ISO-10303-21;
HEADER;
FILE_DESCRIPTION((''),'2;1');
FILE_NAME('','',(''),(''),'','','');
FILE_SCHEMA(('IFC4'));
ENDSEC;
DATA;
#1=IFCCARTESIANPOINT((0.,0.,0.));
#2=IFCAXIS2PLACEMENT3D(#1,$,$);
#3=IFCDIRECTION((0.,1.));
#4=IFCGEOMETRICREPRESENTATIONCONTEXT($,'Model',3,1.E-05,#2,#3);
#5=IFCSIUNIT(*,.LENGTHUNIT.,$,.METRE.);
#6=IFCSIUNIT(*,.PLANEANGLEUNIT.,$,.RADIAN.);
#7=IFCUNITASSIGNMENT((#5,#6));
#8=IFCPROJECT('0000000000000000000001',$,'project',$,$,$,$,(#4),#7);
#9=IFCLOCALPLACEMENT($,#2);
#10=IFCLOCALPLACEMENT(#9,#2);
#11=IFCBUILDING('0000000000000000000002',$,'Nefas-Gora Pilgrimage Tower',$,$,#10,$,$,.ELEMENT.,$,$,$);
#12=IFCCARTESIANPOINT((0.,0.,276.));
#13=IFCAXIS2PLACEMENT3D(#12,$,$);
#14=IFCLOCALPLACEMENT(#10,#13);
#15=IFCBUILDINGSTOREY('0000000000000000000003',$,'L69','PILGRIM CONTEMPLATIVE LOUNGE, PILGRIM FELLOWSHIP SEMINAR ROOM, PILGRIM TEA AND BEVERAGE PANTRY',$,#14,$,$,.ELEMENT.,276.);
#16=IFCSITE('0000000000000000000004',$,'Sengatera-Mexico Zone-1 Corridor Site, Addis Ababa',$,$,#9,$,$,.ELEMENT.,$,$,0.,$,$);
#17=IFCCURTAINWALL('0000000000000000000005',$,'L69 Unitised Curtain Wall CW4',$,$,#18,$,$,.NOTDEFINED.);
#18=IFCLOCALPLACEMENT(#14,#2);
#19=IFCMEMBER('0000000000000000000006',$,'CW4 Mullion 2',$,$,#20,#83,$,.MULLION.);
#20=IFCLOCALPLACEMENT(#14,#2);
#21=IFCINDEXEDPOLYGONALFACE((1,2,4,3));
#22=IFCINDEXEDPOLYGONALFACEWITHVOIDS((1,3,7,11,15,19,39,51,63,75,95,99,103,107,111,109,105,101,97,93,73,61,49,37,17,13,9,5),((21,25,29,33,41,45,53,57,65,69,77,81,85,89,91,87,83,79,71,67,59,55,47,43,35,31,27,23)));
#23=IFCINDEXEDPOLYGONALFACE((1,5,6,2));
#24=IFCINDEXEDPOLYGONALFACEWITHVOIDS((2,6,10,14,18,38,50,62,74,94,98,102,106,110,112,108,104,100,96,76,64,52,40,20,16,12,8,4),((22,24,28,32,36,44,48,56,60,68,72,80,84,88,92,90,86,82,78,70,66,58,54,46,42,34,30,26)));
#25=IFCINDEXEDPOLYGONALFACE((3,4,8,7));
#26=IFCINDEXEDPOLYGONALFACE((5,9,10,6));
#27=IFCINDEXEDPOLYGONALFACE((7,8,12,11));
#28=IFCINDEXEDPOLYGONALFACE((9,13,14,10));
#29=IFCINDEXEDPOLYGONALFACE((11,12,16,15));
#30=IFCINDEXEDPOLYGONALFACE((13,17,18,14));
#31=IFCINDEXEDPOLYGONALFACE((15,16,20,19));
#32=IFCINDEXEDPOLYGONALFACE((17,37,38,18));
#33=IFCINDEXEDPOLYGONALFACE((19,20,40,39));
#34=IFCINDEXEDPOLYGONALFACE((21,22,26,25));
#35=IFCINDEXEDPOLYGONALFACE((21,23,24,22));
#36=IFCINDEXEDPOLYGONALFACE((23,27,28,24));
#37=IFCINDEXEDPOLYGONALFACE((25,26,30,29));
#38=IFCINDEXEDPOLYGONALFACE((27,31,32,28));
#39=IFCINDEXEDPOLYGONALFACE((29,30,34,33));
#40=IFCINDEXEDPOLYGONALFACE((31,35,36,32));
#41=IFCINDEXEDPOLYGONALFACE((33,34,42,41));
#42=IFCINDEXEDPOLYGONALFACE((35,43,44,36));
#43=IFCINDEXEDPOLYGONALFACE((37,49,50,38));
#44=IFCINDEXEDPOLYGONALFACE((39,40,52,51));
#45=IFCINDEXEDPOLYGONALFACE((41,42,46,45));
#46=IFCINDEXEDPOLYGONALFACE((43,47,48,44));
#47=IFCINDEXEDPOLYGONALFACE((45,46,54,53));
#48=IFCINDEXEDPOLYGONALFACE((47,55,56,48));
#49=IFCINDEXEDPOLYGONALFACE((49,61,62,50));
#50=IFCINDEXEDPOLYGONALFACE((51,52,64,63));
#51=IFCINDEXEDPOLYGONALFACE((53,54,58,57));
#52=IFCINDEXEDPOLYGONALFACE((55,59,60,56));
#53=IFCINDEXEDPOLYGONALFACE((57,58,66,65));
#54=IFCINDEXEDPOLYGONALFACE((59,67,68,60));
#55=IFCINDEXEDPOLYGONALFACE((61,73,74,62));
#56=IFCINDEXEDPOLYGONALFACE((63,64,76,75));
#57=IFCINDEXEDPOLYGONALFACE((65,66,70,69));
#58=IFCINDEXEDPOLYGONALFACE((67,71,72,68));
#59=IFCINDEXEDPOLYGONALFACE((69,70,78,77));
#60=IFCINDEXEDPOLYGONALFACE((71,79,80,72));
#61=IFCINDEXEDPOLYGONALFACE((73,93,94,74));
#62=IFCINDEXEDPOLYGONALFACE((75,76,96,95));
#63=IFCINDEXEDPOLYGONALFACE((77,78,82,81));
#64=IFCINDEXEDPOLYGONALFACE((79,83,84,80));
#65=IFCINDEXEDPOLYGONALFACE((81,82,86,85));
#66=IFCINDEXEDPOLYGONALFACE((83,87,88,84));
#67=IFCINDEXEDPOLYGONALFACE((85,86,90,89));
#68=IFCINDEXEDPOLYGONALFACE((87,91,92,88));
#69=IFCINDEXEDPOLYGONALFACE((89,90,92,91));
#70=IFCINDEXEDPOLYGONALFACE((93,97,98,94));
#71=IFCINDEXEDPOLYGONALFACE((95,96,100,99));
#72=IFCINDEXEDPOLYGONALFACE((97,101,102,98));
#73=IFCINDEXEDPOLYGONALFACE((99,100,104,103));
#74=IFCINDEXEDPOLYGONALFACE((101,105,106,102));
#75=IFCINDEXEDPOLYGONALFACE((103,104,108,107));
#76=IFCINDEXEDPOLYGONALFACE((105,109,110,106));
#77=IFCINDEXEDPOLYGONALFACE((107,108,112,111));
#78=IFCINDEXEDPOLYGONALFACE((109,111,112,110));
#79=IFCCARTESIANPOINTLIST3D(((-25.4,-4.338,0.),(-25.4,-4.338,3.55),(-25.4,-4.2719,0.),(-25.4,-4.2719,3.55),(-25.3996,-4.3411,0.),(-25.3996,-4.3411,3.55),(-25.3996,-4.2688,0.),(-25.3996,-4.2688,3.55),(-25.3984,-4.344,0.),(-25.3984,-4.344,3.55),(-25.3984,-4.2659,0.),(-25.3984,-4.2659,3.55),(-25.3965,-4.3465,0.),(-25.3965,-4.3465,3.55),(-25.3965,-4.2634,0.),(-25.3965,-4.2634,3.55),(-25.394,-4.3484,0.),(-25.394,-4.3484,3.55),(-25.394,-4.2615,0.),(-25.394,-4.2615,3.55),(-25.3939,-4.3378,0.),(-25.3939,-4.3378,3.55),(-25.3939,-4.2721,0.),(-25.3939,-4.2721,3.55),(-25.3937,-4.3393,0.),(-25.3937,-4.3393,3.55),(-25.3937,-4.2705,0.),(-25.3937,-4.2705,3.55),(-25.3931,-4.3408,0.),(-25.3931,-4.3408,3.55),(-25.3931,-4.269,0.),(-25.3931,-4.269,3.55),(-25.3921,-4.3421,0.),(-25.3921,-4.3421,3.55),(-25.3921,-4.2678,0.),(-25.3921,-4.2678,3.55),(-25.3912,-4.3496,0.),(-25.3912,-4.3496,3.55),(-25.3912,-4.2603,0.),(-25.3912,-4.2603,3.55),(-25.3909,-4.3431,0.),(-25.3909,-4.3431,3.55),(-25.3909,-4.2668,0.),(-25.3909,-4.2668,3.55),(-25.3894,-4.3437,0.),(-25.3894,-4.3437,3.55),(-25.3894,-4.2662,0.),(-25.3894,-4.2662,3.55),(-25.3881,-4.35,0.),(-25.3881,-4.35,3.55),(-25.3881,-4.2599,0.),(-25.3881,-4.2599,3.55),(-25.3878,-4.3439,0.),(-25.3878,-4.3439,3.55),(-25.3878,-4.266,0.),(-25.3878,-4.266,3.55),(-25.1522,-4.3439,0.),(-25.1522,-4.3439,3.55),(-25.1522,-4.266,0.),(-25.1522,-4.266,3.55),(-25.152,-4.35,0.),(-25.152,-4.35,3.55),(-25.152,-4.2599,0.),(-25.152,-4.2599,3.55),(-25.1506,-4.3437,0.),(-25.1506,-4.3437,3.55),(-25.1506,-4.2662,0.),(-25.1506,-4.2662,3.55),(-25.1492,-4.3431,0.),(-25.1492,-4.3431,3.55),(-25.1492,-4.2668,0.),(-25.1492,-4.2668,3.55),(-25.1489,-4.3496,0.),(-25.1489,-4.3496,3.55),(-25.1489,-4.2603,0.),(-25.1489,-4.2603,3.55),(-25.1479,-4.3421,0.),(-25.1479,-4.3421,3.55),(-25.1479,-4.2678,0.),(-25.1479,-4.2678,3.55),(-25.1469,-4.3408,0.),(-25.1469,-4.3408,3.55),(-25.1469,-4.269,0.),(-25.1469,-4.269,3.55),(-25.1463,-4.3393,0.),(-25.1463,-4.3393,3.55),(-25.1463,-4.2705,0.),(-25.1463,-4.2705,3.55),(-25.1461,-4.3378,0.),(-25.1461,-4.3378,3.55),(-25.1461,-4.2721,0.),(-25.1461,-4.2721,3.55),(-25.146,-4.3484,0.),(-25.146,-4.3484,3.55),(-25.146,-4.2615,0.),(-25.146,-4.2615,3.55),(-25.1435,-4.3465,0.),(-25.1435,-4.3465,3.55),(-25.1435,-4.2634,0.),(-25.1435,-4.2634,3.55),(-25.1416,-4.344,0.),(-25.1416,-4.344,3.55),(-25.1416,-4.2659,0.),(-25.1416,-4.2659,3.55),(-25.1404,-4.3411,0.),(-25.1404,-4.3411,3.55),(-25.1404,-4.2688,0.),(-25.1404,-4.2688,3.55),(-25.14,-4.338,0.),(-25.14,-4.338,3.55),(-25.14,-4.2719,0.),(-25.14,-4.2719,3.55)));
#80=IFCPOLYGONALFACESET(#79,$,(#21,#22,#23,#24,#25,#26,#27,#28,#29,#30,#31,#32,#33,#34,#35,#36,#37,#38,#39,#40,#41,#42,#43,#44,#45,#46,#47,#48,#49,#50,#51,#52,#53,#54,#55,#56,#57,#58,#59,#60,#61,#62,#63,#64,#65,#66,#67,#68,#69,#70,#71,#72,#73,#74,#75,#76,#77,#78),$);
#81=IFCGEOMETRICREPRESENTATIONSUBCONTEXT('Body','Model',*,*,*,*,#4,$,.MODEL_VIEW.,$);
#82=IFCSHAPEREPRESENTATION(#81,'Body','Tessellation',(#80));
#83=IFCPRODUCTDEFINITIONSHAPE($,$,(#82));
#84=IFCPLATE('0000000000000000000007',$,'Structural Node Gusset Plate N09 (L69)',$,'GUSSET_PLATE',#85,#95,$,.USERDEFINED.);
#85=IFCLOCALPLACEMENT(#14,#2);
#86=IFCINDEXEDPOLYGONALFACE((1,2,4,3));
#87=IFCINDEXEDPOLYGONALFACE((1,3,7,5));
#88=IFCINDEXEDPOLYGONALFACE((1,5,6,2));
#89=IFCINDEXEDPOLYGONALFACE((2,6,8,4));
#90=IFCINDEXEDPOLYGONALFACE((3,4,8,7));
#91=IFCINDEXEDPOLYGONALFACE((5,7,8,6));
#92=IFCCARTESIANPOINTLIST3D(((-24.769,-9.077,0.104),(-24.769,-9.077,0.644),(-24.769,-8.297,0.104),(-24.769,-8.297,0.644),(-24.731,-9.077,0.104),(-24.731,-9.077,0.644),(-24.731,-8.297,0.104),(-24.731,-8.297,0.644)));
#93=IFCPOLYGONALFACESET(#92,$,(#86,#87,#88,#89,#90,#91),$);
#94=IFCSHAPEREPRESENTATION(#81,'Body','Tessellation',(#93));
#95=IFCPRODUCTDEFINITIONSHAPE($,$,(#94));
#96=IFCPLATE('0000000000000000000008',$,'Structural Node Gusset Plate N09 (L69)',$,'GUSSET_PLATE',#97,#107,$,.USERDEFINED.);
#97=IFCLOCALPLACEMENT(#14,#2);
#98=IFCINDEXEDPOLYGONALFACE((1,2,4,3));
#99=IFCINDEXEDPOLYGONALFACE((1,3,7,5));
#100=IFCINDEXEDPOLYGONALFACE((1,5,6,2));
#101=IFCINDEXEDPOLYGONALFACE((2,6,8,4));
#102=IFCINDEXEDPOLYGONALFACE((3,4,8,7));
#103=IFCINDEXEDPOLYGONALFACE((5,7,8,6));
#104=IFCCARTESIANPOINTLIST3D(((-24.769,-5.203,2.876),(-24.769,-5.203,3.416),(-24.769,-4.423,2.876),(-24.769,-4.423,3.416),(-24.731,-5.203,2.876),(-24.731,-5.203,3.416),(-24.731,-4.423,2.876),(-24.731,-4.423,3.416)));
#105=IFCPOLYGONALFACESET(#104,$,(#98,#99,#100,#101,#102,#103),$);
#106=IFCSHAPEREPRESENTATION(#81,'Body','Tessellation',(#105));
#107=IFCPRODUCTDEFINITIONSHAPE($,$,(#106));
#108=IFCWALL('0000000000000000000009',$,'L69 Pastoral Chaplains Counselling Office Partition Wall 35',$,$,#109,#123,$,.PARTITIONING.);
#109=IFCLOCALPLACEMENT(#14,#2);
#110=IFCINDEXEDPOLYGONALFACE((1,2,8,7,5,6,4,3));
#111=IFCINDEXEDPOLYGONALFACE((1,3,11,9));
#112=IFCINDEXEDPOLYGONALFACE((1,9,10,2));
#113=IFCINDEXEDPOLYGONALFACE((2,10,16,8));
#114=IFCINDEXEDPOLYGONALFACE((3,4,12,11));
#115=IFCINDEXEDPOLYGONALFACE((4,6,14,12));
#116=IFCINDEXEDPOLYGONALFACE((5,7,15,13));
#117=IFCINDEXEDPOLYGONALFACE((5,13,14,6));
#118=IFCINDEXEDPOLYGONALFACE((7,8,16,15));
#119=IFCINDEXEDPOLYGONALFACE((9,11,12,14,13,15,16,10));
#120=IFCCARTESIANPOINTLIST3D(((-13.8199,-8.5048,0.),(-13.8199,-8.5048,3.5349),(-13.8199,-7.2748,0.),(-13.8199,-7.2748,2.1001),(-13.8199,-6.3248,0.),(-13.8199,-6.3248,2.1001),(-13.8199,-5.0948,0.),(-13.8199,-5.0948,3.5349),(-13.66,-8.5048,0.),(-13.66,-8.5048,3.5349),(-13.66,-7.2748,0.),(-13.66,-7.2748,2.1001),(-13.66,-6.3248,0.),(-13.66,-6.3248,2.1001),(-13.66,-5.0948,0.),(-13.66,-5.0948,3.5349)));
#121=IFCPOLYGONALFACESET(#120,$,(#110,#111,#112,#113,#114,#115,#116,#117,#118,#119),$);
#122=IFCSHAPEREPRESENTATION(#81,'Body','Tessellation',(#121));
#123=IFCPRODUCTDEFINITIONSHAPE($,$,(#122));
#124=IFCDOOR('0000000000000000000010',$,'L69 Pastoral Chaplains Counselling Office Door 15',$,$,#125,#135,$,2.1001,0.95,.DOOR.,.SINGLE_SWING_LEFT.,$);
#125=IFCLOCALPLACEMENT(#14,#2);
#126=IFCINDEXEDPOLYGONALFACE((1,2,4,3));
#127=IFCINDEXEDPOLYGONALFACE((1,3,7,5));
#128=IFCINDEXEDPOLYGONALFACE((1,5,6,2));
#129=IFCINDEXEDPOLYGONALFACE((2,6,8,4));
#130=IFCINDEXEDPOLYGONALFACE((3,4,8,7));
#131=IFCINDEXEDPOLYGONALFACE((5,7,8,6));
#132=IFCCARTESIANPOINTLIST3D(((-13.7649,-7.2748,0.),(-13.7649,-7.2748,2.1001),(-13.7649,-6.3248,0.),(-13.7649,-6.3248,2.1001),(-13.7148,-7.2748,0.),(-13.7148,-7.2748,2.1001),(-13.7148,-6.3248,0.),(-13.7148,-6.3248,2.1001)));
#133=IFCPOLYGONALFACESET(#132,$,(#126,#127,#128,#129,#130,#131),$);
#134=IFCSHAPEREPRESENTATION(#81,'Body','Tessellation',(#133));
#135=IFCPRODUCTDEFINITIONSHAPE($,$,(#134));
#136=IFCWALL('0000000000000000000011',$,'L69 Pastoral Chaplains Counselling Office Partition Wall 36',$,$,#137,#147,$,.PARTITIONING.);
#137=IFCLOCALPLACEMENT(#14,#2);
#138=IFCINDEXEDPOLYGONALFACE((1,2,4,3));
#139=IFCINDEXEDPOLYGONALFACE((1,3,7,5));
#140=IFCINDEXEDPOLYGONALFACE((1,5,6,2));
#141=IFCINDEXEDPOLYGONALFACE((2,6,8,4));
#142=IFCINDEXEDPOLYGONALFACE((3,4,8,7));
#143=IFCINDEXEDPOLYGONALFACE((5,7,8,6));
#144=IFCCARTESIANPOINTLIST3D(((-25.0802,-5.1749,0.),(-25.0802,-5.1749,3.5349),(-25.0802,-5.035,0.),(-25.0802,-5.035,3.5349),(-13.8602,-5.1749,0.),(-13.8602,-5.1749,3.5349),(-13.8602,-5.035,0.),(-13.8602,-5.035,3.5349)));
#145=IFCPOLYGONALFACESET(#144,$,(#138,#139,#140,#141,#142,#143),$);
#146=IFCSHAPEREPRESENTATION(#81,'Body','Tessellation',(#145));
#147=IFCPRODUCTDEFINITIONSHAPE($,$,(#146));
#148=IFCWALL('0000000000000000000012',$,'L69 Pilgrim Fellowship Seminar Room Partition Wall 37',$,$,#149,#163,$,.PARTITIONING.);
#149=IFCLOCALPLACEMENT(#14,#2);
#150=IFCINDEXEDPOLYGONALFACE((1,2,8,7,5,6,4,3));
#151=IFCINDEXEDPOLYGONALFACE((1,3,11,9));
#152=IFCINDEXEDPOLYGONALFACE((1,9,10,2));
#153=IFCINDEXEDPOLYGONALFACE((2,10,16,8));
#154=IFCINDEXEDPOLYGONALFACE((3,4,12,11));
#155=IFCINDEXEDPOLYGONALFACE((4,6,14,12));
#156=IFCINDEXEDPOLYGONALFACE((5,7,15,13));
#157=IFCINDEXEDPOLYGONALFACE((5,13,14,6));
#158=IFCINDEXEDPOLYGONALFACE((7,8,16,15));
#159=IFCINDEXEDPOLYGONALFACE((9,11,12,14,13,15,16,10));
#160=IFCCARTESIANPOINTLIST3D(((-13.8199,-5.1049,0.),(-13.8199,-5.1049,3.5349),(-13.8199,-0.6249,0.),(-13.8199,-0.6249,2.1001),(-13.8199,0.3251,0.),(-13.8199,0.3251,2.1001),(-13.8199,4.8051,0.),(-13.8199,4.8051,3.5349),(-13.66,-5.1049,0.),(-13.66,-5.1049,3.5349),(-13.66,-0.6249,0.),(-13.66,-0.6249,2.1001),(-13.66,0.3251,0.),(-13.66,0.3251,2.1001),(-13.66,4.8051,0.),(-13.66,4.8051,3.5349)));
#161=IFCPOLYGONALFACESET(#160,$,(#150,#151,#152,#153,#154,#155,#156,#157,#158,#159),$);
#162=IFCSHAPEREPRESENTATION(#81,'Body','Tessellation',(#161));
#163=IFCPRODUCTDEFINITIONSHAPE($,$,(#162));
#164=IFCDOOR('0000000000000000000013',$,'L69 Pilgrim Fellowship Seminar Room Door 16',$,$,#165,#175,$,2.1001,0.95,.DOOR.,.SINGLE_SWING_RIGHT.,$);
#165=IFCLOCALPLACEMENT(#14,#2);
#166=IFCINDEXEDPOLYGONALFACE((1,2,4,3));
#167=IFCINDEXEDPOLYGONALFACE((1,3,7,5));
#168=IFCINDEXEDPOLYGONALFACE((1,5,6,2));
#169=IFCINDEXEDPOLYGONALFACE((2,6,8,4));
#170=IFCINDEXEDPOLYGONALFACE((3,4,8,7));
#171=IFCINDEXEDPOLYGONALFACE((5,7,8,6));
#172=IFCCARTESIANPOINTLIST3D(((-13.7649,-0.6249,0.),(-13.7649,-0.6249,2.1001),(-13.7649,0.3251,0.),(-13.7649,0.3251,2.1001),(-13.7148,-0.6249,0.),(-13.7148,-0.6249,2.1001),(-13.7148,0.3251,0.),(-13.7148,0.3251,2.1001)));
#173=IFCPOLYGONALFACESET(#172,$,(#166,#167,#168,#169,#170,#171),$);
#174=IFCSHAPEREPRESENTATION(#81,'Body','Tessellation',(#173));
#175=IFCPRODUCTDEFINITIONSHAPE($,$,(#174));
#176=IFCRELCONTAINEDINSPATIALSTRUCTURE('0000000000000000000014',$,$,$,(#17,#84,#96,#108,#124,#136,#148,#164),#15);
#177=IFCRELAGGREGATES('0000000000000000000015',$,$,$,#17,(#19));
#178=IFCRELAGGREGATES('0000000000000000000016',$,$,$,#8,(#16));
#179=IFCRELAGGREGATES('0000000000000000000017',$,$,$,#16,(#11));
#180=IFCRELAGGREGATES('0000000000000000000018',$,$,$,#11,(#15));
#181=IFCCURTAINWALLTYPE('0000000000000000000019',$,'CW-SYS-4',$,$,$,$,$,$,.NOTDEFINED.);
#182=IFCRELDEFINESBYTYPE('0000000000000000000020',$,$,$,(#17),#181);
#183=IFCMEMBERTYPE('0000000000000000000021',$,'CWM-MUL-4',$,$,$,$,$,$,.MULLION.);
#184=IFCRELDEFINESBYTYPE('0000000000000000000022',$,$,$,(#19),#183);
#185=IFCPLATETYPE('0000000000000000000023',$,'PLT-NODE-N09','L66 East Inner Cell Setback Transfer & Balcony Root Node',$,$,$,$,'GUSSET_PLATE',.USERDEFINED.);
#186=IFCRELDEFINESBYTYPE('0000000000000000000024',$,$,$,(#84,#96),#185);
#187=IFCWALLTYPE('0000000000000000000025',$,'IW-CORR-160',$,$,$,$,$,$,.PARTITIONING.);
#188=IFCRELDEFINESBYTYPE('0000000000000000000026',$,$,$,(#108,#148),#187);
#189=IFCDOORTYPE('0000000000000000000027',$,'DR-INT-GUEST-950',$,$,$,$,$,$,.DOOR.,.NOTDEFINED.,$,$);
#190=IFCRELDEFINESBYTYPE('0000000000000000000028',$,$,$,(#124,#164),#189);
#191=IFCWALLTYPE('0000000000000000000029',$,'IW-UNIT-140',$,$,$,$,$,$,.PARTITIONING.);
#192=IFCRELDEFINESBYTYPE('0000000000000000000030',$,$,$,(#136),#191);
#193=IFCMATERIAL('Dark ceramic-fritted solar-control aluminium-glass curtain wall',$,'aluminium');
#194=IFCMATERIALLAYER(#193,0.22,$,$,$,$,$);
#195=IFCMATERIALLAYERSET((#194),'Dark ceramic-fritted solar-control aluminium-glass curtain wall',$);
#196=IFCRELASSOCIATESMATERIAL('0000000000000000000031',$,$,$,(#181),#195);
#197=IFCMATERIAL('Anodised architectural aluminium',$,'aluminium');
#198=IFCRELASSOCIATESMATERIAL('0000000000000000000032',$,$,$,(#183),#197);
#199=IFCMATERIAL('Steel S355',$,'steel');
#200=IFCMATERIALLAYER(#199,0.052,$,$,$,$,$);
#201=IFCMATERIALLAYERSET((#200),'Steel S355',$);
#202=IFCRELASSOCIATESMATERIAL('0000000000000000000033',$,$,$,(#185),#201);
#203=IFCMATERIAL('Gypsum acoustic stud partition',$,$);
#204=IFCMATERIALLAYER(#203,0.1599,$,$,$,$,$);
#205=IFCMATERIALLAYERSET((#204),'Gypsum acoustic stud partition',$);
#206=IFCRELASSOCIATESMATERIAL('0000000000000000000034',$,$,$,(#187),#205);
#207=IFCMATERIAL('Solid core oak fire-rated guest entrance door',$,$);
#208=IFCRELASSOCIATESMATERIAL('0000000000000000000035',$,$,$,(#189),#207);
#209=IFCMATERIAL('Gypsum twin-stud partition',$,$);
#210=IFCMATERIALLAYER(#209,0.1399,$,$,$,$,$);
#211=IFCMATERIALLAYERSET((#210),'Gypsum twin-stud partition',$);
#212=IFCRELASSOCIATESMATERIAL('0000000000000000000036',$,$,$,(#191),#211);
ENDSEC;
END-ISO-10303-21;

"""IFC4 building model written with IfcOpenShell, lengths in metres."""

from ifc_helpers import new_model, si_unit, direction, frame, frame_2d, origin, origin_2d, place, context, subcontext, project, spatial, rectangle, hollow_rectangle, extrude, source, transform, mapped, material, layer, layer_set, material_profile, profile_set, type_object, element, fill, aggregate, save


model = new_model("IFC4")

# Units and contexts
model_context = context("Model", 3, precision=1e-05, world=origin(), true_north=direction((0.0, 1.0)))
body_context = subcontext(model_context, "Body", "Model", "MODEL_VIEW")
ifc_project = project(units=[si_unit("LENGTHUNIT", "METRE"), si_unit("PLANEANGLEUNIT", "RADIAN")], contexts=[model_context])

# Site, building, storey
site_placement = place(None, origin())
site = spatial("IfcSite", under=ifc_project, at=site_placement, Name="Sengatera-Mexico Zone-1 Corridor Site, Addis Ababa", CompositionType="ELEMENT", RefElevation=0.0)
building_placement = place(site_placement, origin())
building = spatial("IfcBuilding", under=site, at=building_placement, Name="Nefas-Gora Pilgrimage Tower", CompositionType="ELEMENT")
storey_placement = place(building_placement, frame((0.0, 0.0, 276.0)))
storey = spatial("IfcBuildingStorey", under=building, at=storey_placement, Name="L69", Description="PILGRIM CONTEMPLATIVE LOUNGE, PILGRIM FELLOWSHIP SEMINAR ROOM, PILGRIM TEA AND BEVERAGE PANTRY", CompositionType="ELEMENT", Elevation=276.0)

# Shared definitions
ifc_material_1 = material(Name="Steel S355", Category="steel")

# Curtain wall, member
ifc_material_2 = material(Name="Dark ceramic-fritted solar-control aluminium-glass curtain wall", Category="aluminium")
ifc_layer_1 = layer(ifc_material_2, 0.22)
ifc_layer_set_1 = layer_set([ifc_layer_1], Name="Dark ceramic-fritted solar-control aluminium-glass curtain wall")
curtain_wall_type = type_object("IfcCurtainWallType", Name="CW-SYS-4", PredefinedType="NOTDEFINED", material=ifc_layer_set_1)
curtain_wall_placement = place(storey_placement, origin())
curtain_wall = element("IfcCurtainWall", 1, at=curtain_wall_placement, inside=storey, type_object=curtain_wall_type, Name="L69 Unitised Curtain Wall CW4", PredefinedType="NOTDEFINED")
ifc_material_3 = material(Name="Anodised architectural aluminium", Category="aluminium")
ifc_material_profile_1 = material_profile(ifc_material_3, hollow_rectangle(XDim=0.0901, YDim=0.26, WallThickness=0.0061, InnerFilletRadius=0.0061, OuterFilletRadius=0.012, at=origin_2d()), Name="ALU MULLION 90x260")
ifc_profile_set_1 = profile_set([ifc_material_profile_1], Name="Anodised architectural aluminium")
member_type_1 = type_object("IfcMemberType", Name="CWM-MUL-4", PredefinedType="MULLION", material=ifc_profile_set_1)
shared_shape_1 = source(origin(), body_context, "Body", "SweptSolid", [
    extrude(hollow_rectangle(XDim=0.0901, YDim=0.26, WallThickness=0.0061, InnerFilletRadius=0.0061, OuterFilletRadius=0.012, at=origin_2d()), origin(), (0.0, 0.0, 1.0), 3.55),
])
member_1_placement = place(storey_placement, frame((-25.27, -4.3049, 0.0), z_axis=(0.0, 0.0, 1.0), x_axis=(0.0, -1.0, 0.0)))
member_1 = element("IfcMember", 2, at=member_1_placement, type_object=member_type_1, Name="CW4 Mullion 2", PredefinedType="MULLION", context=body_context, shape_type="MappedRepresentation", body=[
    mapped(shared_shape_1, transform((0.0, 0.0, 0.0), x_axis=(1.0, 0.0, 0.0), y_axis=(0.0, 1.0, 0.0), z_axis=(0.0, 0.0, 1.0), scale=1.0)),
])
aggregate(curtain_wall, [member_1])

# Plates
ifc_layer_2 = layer(ifc_material_1, 0.052)
ifc_layer_set_2 = layer_set([ifc_layer_2], Name="Steel S355")
plate_type = type_object("IfcPlateType", Name="PLT-NODE-N09", Description="L66 East Inner Cell Setback Transfer & Balcony Root Node", ElementType="GUSSET_PLATE", PredefinedType="USERDEFINED", material=ifc_layer_set_2)
shared_shape_2 = source(origin(), body_context, "Body", "SweptSolid", [
    extrude(rectangle(XDim=0.78, YDim=0.0381, at=origin_2d()), origin(), (0.0, 0.0, 1.0), 0.54),
])
for number, where, z_axis, x_axis, name in (
    (3, (-24.75, -8.687, 0.104), (0.0, 0.0, 1.0), (0.0, 1.0, 0.0), "Structural Node Gusset Plate N09 (L69)"),
    (4, (-24.75, -4.813, 2.876), (0.0, 0.0, 1.0), (0.0, 1.0, 0.0), "Structural Node Gusset Plate N09 (L69)"),
):
    element("IfcPlate", number, at=place(storey_placement, frame(where, z_axis=z_axis, x_axis=x_axis)), inside=storey, type_object=plate_type, Name=name, ObjectType="GUSSET_PLATE", PredefinedType="USERDEFINED", context=body_context, shape_type="MappedRepresentation", body=[
        mapped(shared_shape_2, transform((0.0, 0.0, 0.0), x_axis=(1.0, 0.0, 0.0), y_axis=(0.0, 1.0, 0.0), z_axis=(0.0, 0.0, 1.0), scale=1.0)),
    ])

# Wall, opening, door
ifc_material_4 = material(Name="Gypsum acoustic stud partition")
ifc_layer_3 = layer(ifc_material_4, 0.1599)
ifc_layer_set_3 = layer_set([ifc_layer_3], Name="Gypsum acoustic stud partition")
wall_type_1 = type_object("IfcWallType", Name="IW-CORR-160", PredefinedType="PARTITIONING", material=ifc_layer_set_3)
shared_shape_3 = source(origin(), body_context, "Body", "SweptSolid", [
    extrude(rectangle(XDim=3.4099, YDim=0.1599, at=frame_2d((1.7051, 0.0))), origin(), (0.0, 0.0, 1.0), 3.5349),
])
wall_1_placement = place(storey_placement, frame((-13.74, -8.5049, 0.0), z_axis=(0.0, 0.0, 1.0), x_axis=(0.0, 1.0, 0.0)))
wall_1 = element("IfcWall", 5, at=wall_1_placement, inside=storey, type_object=wall_type_1, Name="L69 Pastoral Chaplains Counselling Office Partition Wall 35", PredefinedType="PARTITIONING", context=body_context, shape_type="MappedRepresentation", body=[
    mapped(shared_shape_3, transform((0.0, 0.0, 0.0), x_axis=(1.0, 0.0, 0.0), y_axis=(0.0, 1.0, 0.0), z_axis=(0.0, 0.0, 1.0), scale=1.0)),
])
opening_1_placement = place(wall_1_placement, frame((1.23, 0.0, 0.0)))
opening_1 = element("IfcOpeningElement", 6, at=opening_1_placement, cuts=wall_1, PredefinedType="OPENING", context=body_context, shape_type="SweptSolid", body=[
    extrude(rectangle(XDim=0.95, YDim=2.1001, at=frame_2d((0.4751, 1.05))), frame((0.0, 0.0898, 0.0), z_axis=(0.0, -1.0, 0.0), x_axis=(1.0, 0.0, 0.0)), (0.0, 0.0, 1.0), 0.1799),
])
ifc_material_5 = material(Name="Solid core oak fire-rated guest entrance door")
door_type_1 = type_object("IfcDoorType", Name="DR-INT-GUEST-950", OperationType="NOTDEFINED", PredefinedType="DOOR", material=ifc_material_5)
shared_shape_4 = source(origin(), body_context, "Body", "SweptSolid", [
    extrude(rectangle(XDim=0.95, YDim=2.1001, at=frame_2d((0.4751, 1.05))), frame((0.0, 0.0249, 0.0), z_axis=(0.0, -1.0, 0.0), x_axis=(1.0, 0.0, 0.0)), (0.0, 0.0, 1.0), 0.05),
])
door_1_placement = place(opening_1_placement, origin())
door_1 = element("IfcDoor", 7, at=door_1_placement, inside=storey, type_object=door_type_1, Name="L69 Pastoral Chaplains Counselling Office Door 15", OperationType="SINGLE_SWING_LEFT", OverallHeight=2.1001, OverallWidth=0.95, PredefinedType="DOOR", context=body_context, shape_type="MappedRepresentation", body=[
    mapped(shared_shape_4, transform((0.0, 0.0, 0.0), x_axis=(1.0, 0.0, 0.0), y_axis=(0.0, 1.0, 0.0), z_axis=(0.0, 0.0, 1.0), scale=1.0)),
])
fill(opening_1, door_1)

# Wall
ifc_material_6 = material(Name="Gypsum twin-stud partition")
ifc_layer_4 = layer(ifc_material_6, 0.1399)
ifc_layer_set_4 = layer_set([ifc_layer_4], Name="Gypsum twin-stud partition")
wall_type_2 = type_object("IfcWallType", Name="IW-UNIT-140", PredefinedType="PARTITIONING", material=ifc_layer_set_4)
shared_shape_5 = source(origin(), body_context, "Body", "SweptSolid", [
    extrude(rectangle(XDim=11.22, YDim=0.1399, at=frame_2d((5.6099, 0.0))), origin(), (0.0, 0.0, 1.0), 3.5349),
])
wall_2_placement = place(storey_placement, frame((-25.0801, -5.105, 0.0), z_axis=(0.0, 0.0, 1.0), x_axis=(1.0, 0.0, 0.0)))
element("IfcWall", 8, at=wall_2_placement, inside=storey, type_object=wall_type_2, Name="L69 Pastoral Chaplains Counselling Office Partition Wall 36", PredefinedType="PARTITIONING", context=body_context, shape_type="MappedRepresentation", body=[
    mapped(shared_shape_5, transform((0.0, 0.0, 0.0), x_axis=(1.0, 0.0, 0.0), y_axis=(0.0, 1.0, 0.0), z_axis=(0.0, 0.0, 1.0), scale=1.0)),
])

# Wall, opening, door
shared_shape_6 = source(origin(), body_context, "Body", "SweptSolid", [
    extrude(rectangle(XDim=9.9099, YDim=0.1599, at=frame_2d((4.9551, 0.0))), origin(), (0.0, 0.0, 1.0), 3.5349),
])
wall_3_placement = place(storey_placement, frame((-13.74, -5.105, 0.0), z_axis=(0.0, 0.0, 1.0), x_axis=(0.0, 1.0, 0.0)))
wall_3 = element("IfcWall", 9, at=wall_3_placement, inside=storey, type_object=wall_type_1, Name="L69 Pilgrim Fellowship Seminar Room Partition Wall 37", PredefinedType="PARTITIONING", context=body_context, shape_type="MappedRepresentation", body=[
    mapped(shared_shape_6, transform((0.0, 0.0, 0.0), x_axis=(1.0, 0.0, 0.0), y_axis=(0.0, 1.0, 0.0), z_axis=(0.0, 0.0, 1.0), scale=1.0)),
])
opening_2_placement = place(wall_3_placement, frame((4.48, 0.0, 0.0)))
opening_2 = element("IfcOpeningElement", 10, at=opening_2_placement, cuts=wall_3, PredefinedType="OPENING", context=body_context, shape_type="SweptSolid", body=[
    extrude(rectangle(XDim=0.95, YDim=2.1001, at=frame_2d((0.4751, 1.05))), frame((0.0, 0.0898, 0.0), z_axis=(0.0, -1.0, 0.0), x_axis=(1.0, 0.0, 0.0)), (0.0, 0.0, 1.0), 0.1799),
])
door_2_placement = place(opening_2_placement, origin())
door_2 = element("IfcDoor", 11, at=door_2_placement, inside=storey, type_object=door_type_1, Name="L69 Pilgrim Fellowship Seminar Room Door 16", OperationType="SINGLE_SWING_RIGHT", OverallHeight=2.1001, OverallWidth=0.95, PredefinedType="DOOR", context=body_context, shape_type="MappedRepresentation", body=[
    mapped(shared_shape_4, transform((0.0, 0.0, 0.0), x_axis=(1.0, 0.0, 0.0), y_axis=(0.0, 1.0, 0.0), z_axis=(0.0, 0.0, 1.0), scale=1.0)),
])
fill(opening_2, door_2)

save(model, "model.ifc")
